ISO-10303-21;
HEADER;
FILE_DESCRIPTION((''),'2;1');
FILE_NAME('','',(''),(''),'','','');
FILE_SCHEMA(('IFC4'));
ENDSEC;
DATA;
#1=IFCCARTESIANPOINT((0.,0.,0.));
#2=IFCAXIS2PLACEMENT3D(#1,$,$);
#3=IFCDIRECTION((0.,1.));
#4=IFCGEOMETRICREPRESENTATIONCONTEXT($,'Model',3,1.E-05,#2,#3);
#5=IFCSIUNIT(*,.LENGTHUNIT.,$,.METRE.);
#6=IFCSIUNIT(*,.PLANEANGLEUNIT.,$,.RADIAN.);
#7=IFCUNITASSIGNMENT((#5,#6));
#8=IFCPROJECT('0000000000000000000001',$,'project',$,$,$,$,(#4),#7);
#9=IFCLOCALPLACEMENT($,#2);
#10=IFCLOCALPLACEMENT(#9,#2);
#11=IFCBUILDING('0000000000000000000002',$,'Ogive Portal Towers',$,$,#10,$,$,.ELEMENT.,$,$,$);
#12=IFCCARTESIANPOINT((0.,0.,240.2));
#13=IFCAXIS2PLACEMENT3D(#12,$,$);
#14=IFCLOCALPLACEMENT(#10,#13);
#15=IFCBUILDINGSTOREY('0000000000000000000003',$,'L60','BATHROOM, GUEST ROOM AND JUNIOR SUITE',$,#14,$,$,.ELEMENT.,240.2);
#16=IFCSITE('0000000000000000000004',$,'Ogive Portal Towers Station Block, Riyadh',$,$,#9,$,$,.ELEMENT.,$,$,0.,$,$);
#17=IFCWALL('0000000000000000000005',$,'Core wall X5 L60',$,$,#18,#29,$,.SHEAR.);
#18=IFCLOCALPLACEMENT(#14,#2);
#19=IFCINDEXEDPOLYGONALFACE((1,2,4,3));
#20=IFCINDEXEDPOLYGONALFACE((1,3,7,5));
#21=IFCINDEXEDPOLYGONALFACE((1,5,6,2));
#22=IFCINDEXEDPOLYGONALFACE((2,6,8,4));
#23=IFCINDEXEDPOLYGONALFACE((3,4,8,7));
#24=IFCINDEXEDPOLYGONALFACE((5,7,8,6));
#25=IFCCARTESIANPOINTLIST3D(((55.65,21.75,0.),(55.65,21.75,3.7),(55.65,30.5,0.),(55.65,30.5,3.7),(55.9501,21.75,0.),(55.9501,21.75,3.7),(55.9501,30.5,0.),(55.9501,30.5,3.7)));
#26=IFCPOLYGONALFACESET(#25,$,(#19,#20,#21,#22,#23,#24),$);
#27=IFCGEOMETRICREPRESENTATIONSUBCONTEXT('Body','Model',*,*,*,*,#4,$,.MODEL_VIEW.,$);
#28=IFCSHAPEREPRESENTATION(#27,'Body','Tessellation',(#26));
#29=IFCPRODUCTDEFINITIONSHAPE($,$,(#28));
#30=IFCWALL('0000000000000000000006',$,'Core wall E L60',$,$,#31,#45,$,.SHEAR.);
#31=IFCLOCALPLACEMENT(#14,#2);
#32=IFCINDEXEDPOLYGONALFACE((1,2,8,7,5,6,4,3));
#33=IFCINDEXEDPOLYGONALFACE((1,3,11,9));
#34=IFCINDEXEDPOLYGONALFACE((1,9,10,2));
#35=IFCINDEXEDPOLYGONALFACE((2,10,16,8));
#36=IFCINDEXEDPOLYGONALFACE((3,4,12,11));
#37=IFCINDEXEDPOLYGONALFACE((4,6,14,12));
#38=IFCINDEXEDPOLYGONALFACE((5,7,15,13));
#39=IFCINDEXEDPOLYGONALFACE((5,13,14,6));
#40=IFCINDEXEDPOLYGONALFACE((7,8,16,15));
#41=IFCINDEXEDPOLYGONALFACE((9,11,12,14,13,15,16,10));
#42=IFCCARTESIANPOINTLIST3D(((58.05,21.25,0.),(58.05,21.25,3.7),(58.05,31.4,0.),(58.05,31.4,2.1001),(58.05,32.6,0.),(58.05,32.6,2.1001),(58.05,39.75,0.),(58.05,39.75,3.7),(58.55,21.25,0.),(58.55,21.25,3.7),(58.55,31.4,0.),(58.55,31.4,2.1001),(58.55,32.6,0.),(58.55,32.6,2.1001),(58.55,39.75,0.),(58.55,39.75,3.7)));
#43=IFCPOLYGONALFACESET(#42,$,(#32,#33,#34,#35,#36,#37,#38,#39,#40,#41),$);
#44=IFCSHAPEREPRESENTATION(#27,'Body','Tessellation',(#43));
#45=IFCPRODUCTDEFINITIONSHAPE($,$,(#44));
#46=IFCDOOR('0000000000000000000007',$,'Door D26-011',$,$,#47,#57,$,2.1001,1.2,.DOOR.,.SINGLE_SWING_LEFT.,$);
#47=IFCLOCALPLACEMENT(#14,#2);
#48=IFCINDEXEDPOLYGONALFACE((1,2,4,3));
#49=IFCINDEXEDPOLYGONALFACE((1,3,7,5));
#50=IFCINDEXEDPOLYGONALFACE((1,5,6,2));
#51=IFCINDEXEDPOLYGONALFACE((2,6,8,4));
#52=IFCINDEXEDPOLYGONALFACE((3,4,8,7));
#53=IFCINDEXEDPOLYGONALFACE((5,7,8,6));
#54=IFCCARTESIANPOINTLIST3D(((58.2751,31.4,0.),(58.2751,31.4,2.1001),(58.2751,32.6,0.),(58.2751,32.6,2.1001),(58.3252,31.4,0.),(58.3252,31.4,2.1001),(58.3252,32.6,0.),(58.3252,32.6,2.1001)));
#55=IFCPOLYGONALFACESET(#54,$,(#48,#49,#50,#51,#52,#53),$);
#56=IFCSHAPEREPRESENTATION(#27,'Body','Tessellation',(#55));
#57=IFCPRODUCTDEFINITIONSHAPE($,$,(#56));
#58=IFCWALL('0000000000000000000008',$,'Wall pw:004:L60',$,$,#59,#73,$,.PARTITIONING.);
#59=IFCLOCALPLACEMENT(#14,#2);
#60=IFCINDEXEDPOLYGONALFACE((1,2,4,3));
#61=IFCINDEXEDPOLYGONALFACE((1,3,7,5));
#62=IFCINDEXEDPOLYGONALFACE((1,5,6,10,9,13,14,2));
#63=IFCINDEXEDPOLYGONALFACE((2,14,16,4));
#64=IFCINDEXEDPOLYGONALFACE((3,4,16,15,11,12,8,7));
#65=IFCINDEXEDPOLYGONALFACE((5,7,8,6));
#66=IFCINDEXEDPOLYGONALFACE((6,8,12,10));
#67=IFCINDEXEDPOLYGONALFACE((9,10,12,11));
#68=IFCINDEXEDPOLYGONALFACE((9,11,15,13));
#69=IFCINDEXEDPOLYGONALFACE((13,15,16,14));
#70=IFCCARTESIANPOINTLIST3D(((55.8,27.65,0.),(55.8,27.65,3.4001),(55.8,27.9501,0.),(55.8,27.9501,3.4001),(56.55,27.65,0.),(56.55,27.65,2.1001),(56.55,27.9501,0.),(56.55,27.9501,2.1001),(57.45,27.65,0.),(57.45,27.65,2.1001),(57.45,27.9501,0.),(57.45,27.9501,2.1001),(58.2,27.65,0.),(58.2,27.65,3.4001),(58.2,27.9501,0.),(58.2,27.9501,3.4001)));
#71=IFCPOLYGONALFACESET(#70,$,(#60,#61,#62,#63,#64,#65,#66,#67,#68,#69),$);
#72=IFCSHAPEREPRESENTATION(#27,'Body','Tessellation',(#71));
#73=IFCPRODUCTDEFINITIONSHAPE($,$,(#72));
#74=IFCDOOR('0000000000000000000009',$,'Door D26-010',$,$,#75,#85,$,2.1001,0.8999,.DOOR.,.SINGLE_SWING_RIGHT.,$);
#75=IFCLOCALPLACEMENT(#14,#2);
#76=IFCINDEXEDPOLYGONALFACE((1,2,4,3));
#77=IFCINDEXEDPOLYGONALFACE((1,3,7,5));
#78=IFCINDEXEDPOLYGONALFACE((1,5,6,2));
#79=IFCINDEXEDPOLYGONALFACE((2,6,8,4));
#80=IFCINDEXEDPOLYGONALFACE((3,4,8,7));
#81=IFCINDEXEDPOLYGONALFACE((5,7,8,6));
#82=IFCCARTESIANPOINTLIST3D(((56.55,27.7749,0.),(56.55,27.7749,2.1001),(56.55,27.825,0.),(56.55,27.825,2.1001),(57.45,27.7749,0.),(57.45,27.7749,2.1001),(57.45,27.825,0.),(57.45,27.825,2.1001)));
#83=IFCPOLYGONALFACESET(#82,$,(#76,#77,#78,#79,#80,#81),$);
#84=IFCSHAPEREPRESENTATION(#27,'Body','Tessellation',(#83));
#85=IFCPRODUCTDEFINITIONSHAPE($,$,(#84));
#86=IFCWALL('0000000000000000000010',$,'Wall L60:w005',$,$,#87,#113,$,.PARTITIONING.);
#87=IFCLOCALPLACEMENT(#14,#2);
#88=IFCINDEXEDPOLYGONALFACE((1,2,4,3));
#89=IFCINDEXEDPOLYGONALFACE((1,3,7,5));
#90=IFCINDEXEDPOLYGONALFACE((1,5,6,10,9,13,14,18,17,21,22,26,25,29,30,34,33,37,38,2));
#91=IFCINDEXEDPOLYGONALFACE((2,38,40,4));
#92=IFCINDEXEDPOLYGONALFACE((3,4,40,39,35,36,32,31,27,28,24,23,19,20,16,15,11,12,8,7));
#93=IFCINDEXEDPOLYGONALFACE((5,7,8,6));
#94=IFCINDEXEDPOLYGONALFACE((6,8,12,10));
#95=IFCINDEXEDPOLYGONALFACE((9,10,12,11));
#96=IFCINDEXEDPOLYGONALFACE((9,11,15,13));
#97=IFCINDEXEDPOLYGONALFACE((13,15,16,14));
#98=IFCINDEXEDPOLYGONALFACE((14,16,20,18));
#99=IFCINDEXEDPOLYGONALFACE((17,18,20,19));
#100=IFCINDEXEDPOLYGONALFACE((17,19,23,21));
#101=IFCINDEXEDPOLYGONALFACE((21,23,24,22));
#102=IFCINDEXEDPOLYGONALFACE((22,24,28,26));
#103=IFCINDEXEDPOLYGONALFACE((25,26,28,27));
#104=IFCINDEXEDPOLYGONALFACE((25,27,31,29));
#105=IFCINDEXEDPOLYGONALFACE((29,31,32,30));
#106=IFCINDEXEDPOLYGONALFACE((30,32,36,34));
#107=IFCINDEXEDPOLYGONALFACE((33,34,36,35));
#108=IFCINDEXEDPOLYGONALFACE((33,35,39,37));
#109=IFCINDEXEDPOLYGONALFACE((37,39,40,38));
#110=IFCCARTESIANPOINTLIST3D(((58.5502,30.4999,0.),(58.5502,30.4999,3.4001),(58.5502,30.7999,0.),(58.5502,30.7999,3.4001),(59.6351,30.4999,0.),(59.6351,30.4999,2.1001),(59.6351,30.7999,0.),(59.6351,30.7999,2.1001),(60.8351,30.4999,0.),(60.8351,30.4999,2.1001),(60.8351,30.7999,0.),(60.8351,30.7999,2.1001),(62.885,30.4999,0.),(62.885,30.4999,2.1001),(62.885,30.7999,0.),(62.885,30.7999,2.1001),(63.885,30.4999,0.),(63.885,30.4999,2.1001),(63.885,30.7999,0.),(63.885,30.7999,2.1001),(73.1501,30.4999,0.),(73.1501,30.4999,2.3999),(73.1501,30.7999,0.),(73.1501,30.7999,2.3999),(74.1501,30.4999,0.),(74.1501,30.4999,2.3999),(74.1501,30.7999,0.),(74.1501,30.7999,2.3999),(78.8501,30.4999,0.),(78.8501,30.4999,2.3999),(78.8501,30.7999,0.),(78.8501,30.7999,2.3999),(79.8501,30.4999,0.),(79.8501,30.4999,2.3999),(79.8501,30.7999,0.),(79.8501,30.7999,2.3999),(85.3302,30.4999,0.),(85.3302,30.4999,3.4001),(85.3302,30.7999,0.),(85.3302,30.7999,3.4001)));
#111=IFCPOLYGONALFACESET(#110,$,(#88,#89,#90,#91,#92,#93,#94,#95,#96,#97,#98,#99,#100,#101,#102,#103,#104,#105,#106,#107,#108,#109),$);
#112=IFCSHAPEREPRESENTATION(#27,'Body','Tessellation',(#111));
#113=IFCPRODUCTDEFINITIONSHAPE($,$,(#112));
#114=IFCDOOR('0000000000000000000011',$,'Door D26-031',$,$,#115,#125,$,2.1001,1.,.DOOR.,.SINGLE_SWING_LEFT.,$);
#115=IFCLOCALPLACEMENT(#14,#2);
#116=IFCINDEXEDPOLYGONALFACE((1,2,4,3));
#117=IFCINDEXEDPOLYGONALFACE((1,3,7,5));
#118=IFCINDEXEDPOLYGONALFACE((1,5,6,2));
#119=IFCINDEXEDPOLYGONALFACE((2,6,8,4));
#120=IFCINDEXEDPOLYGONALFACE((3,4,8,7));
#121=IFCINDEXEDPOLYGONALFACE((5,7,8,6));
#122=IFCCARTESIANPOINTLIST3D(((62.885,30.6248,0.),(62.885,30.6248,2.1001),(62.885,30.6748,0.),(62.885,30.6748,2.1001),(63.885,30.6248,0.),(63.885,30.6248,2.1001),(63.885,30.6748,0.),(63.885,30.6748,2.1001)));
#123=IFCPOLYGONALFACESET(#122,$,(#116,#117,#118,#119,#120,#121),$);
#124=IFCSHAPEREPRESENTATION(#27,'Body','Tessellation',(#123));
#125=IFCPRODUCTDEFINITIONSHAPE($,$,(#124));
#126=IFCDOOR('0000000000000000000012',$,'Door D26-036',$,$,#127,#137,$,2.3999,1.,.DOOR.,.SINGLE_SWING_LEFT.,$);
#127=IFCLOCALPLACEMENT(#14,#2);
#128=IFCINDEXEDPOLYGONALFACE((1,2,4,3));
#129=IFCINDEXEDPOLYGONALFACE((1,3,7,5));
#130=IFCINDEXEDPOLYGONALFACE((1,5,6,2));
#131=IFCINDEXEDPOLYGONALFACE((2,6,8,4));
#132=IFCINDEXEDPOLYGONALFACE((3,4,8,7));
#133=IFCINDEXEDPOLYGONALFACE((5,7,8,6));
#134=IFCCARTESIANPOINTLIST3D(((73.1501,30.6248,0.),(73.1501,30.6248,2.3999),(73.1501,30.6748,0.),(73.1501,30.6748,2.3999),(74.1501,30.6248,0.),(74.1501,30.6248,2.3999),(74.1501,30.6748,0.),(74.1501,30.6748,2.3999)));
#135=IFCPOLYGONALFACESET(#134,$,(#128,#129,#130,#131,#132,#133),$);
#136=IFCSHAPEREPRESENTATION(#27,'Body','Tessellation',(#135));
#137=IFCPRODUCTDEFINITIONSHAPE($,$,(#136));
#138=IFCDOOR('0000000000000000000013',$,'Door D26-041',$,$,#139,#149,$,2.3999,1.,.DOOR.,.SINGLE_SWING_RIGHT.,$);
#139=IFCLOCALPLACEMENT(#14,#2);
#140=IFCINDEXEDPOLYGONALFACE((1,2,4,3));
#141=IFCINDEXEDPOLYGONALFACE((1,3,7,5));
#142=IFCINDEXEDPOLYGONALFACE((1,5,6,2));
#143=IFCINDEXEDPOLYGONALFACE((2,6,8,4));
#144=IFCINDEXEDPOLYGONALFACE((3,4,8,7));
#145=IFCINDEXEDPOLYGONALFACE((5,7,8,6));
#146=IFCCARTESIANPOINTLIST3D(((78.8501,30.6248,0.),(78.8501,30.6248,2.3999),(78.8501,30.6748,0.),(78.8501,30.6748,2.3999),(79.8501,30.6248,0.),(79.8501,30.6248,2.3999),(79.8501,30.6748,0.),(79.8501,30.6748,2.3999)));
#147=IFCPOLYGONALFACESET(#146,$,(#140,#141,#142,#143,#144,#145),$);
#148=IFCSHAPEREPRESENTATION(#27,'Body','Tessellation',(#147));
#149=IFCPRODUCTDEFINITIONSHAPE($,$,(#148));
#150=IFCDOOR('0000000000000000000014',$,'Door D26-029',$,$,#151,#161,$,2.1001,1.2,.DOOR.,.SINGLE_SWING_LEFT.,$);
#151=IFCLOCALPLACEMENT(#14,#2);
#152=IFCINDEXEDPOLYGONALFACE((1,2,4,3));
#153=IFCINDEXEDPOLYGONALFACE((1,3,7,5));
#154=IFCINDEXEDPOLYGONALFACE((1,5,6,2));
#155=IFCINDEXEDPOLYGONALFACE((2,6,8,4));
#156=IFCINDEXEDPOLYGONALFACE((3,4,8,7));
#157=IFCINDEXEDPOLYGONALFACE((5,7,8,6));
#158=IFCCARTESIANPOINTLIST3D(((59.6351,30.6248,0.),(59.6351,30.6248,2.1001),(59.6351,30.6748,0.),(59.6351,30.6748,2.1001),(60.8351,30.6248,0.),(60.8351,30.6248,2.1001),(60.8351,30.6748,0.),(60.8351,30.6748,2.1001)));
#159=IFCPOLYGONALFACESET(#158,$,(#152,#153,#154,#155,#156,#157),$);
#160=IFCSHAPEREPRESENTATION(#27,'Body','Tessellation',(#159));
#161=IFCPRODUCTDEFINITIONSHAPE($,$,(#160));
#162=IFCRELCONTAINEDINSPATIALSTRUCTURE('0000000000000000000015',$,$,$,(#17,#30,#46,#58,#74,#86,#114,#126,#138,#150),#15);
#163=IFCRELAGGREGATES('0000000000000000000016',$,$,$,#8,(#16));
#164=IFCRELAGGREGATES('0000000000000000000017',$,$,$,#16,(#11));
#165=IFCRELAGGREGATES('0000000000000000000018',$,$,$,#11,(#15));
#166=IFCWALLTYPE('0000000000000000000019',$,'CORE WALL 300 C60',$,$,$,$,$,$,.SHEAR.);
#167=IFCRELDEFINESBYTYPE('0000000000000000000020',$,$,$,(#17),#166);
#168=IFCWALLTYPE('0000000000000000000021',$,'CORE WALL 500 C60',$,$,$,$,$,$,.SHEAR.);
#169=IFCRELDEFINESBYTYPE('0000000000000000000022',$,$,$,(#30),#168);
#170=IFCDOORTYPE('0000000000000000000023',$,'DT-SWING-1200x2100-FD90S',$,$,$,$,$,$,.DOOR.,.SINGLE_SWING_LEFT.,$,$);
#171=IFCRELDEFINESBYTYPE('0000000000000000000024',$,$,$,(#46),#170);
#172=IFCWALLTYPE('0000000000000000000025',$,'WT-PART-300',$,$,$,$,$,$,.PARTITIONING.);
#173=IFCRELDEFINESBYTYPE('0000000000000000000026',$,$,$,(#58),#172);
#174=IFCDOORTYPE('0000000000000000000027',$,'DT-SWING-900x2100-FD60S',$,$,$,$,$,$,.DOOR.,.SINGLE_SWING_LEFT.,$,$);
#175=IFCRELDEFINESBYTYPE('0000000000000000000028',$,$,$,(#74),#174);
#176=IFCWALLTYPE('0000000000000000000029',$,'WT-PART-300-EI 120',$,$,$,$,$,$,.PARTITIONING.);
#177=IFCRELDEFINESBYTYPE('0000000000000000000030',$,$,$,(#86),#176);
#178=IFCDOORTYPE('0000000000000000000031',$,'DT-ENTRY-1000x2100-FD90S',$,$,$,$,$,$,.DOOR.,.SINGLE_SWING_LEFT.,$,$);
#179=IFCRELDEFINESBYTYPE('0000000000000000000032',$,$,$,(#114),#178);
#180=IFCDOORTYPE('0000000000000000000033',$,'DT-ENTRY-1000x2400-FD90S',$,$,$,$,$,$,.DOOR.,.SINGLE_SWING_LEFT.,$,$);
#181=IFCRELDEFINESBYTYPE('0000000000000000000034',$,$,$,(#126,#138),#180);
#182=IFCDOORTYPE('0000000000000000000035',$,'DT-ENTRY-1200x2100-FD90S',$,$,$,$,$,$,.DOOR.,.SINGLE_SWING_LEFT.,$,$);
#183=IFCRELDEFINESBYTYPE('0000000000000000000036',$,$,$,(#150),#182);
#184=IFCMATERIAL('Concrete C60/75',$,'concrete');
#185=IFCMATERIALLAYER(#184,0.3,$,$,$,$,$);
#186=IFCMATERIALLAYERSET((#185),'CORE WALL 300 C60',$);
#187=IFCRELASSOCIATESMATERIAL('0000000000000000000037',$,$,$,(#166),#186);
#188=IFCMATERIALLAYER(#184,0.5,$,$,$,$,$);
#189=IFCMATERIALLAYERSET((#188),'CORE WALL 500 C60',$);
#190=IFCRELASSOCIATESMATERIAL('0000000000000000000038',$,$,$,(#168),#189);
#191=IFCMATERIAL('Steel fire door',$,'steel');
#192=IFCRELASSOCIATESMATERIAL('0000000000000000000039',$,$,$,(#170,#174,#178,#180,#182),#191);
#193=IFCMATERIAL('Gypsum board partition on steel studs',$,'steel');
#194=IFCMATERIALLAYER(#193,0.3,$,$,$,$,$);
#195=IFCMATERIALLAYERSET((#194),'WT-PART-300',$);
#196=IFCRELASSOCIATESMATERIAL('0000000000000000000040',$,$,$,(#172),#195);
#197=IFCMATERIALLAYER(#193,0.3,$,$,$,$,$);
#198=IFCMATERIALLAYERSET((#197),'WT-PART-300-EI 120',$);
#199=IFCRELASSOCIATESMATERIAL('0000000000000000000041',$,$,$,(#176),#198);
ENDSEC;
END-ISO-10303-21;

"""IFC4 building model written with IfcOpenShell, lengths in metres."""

from ifc_helpers import new_model, si_unit, direction, frame, frame_2d, origin, place, context, subcontext, project, spatial, rectangle, extrude, material, layer, layer_set, type_object, element, fill, save


model = new_model("IFC4")

# Units and contexts
model_context = context("Model", 3, precision=1e-05, world=origin(), true_north=direction((0.0, 1.0)))
body_context = subcontext(model_context, "Body", "Model", "MODEL_VIEW")
ifc_project = project(units=[si_unit("LENGTHUNIT", "METRE"), si_unit("PLANEANGLEUNIT", "RADIAN")], contexts=[model_context])

# Site, building, storey
site_placement = place(None, origin())
site = spatial("IfcSite", under=ifc_project, at=site_placement, Name="Ogive Portal Towers Station Block, Riyadh", CompositionType="ELEMENT", RefElevation=0.0)
building_placement = place(site_placement, origin())
building = spatial("IfcBuilding", under=site, at=building_placement, Name="Ogive Portal Towers", CompositionType="ELEMENT")
storey_placement = place(building_placement, frame((0.0, 0.0, 240.2)))
storey = spatial("IfcBuildingStorey", under=building, at=storey_placement, Name="L60", Description="BATHROOM, GUEST ROOM AND JUNIOR SUITE", CompositionType="ELEMENT", Elevation=240.2)

# Wall
ifc_material_1 = material(Name="Concrete C60/75", Category="concrete")
ifc_layer_1 = layer(ifc_material_1, 0.3)
ifc_layer_set_1 = layer_set([ifc_layer_1], Name="CORE WALL 300 C60")
wall_type_1 = type_object("IfcWallType", Name="CORE WALL 300 C60", PredefinedType="SHEAR", material=ifc_layer_set_1)
wall_1_placement = place(storey_placement, frame((55.8, 21.75, 0.0), z_axis=(0.0, 0.0, 1.0), x_axis=(0.0, 1.0, 0.0)))
element("IfcWall", 1, at=wall_1_placement, inside=storey, type_object=wall_type_1, Name="Core wall X5 L60", PredefinedType="SHEAR", context=body_context, shape_type="SweptSolid", body=[
    extrude(rectangle(XDim=8.75, YDim=0.3, at=frame_2d((4.375, 0.0))), origin(), (0.0, 0.0, 1.0), 3.7),
])

# Walls, openings, doors
ifc_layer_2 = layer(ifc_material_1, 0.5)
ifc_layer_set_2 = layer_set([ifc_layer_2], Name="CORE WALL 500 C60")
wall_type_2 = type_object("IfcWallType", Name="CORE WALL 500 C60", PredefinedType="SHEAR", material=ifc_layer_set_2)
wall_2_placement = place(storey_placement, frame((58.3, 21.25, 0.0), z_axis=(0.0, 0.0, 1.0), x_axis=(0.0, 1.0, 0.0)))
wall_2 = element("IfcWall", 2, at=wall_2_placement, inside=storey, type_object=wall_type_2, Name="Core wall E L60", PredefinedType="SHEAR", context=body_context, shape_type="SweptSolid", body=[
    extrude(rectangle(XDim=18.5, YDim=0.5, at=frame_2d((9.25, 0.0))), origin(), (0.0, 0.0, 1.0), 3.7),
])
opening_1_placement = place(wall_2_placement, frame((10.1499, 0.0, 0.0)))
opening_1 = element("IfcOpeningElement", 3, at=opening_1_placement, cuts=wall_2, PredefinedType="OPENING", context=body_context, shape_type="SweptSolid", body=[
    extrude(rectangle(XDim=1.2, YDim=2.1001, at=frame_2d((0.6001, 1.05))), frame((0.0, 0.26, 0.0), z_axis=(0.0, -1.0, 0.0), x_axis=(1.0, 0.0, 0.0)), (0.0, 0.0, 1.0), 0.52),
])
ifc_material_2 = material(Name="Steel fire door", Category="steel")
door_type_1 = type_object("IfcDoorType", Name="DT-SWING-1200x2100-FD90S", OperationType="SINGLE_SWING_LEFT", PredefinedType="DOOR", material=ifc_material_2)
door_1_placement = place(opening_1_placement, origin())
door_1 = element("IfcDoor", 4, at=door_1_placement, inside=storey, type_object=door_type_1, Name="Door D26-011", OperationType="SINGLE_SWING_LEFT", OverallHeight=2.1001, OverallWidth=1.2, PredefinedType="DOOR", context=body_context, shape_type="SweptSolid", body=[
    extrude(rectangle(XDim=1.2, YDim=2.1001, at=frame_2d((0.6001, 1.05))), frame((0.0, 0.0249, 0.0), z_axis=(0.0, -1.0, 0.0), x_axis=(1.0, 0.0, 0.0)), (0.0, 0.0, 1.0), 0.05),
])
fill(opening_1, door_1)
ifc_material_3 = material(Name="Gypsum board partition on steel studs", Category="steel")
ifc_layer_3 = layer(ifc_material_3, 0.3)
ifc_layer_set_3 = layer_set([ifc_layer_3], Name="WT-PART-300")
wall_type_3 = type_object("IfcWallType", Name="WT-PART-300", PredefinedType="PARTITIONING", material=ifc_layer_set_3)
wall_3_placement = place(storey_placement, frame((55.8, 27.8, 0.0), z_axis=(0.0, 0.0, 1.0), x_axis=(1.0, 0.0, 0.0)))
wall_3 = element("IfcWall", 5, at=wall_3_placement, inside=storey, type_object=wall_type_3, Name="Wall pw:004:L60", PredefinedType="PARTITIONING", context=body_context, shape_type="SweptSolid", body=[
    extrude(rectangle(XDim=2.3999, YDim=0.3, at=frame_2d((1.2, 0.0))), origin(), (0.0, 0.0, 1.0), 3.4001),
])
opening_2_placement = place(wall_3_placement, frame((0.75, 0.0, 0.0)))
opening_2 = element("IfcOpeningElement", 6, at=opening_2_placement, cuts=wall_3, PredefinedType="OPENING", context=body_context, shape_type="SweptSolid", body=[
    extrude(rectangle(XDim=0.8999, YDim=2.1001, at=frame_2d((0.45, 1.05))), frame((0.0, 0.1602, 0.0), z_axis=(0.0, -1.0, 0.0), x_axis=(1.0, 0.0, 0.0)), (0.0, 0.0, 1.0), 0.3201),
])
door_type_2 = type_object("IfcDoorType", Name="DT-SWING-900x2100-FD60S", OperationType="SINGLE_SWING_LEFT", PredefinedType="DOOR", material=ifc_material_2)
door_2_placement = place(opening_2_placement, origin())
door_2 = element("IfcDoor", 7, at=door_2_placement, inside=storey, type_object=door_type_2, Name="Door D26-010", OperationType="SINGLE_SWING_RIGHT", OverallHeight=2.1001, OverallWidth=0.8999, PredefinedType="DOOR", context=body_context, shape_type="SweptSolid", body=[
    extrude(rectangle(XDim=0.8999, YDim=2.1001, at=frame_2d((0.45, 1.05))), frame((0.0, 0.0249, 0.0), z_axis=(0.0, -1.0, 0.0), x_axis=(1.0, 0.0, 0.0)), (0.0, 0.0, 1.0), 0.05),
])
fill(opening_2, door_2)

# Wall, openings, doors
ifc_layer_4 = layer(ifc_material_3, 0.3)
ifc_layer_set_4 = layer_set([ifc_layer_4], Name="WT-PART-300-EI 120")
wall_type_4 = type_object("IfcWallType", Name="WT-PART-300-EI 120", PredefinedType="PARTITIONING", material=ifc_layer_set_4)
wall_4_placement = place(storey_placement, frame((58.55, 30.6499, 0.0), z_axis=(0.0, 0.0, 1.0), x_axis=(1.0, 0.0, 0.0)))
wall_4 = element("IfcWall", 8, at=wall_4_placement, inside=storey, type_object=wall_type_4, Name="Wall L60:w005", PredefinedType="PARTITIONING", context=body_context, shape_type="SweptSolid", body=[
    extrude(rectangle(XDim=26.78, YDim=0.3, at=frame_2d((13.3901, 0.0))), origin(), (0.0, 0.0, 1.0), 3.4001),
])
opening_3_placement = place(wall_4_placement, frame((1.085, 0.0, 0.0)))
opening_3 = element("IfcOpeningElement", 9, at=opening_3_placement, cuts=wall_4, PredefinedType="OPENING", context=body_context, shape_type="SweptSolid", body=[
    extrude(rectangle(XDim=1.2, YDim=2.1001, at=frame_2d((0.6001, 1.05))), frame((0.0, 0.1602, 0.0), z_axis=(0.0, -1.0, 0.0), x_axis=(1.0, 0.0, 0.0)), (0.0, 0.0, 1.0), 0.3201),
])
opening_4_placement = place(wall_4_placement, frame((4.335, 0.0, 0.0)))
opening_4 = element("IfcOpeningElement", 10, at=opening_4_placement, cuts=wall_4, PredefinedType="OPENING", context=body_context, shape_type="SweptSolid", body=[
    extrude(rectangle(XDim=1.0, YDim=2.1001, at=frame_2d((0.5, 1.05))), frame((0.0, 0.1602, 0.0), z_axis=(0.0, -1.0, 0.0), x_axis=(1.0, 0.0, 0.0)), (0.0, 0.0, 1.0), 0.3201),
])
opening_5_placement = place(wall_4_placement, frame((14.6001, 0.0, 0.0)))
opening_5 = element("IfcOpeningElement", 11, at=opening_5_placement, cuts=wall_4, PredefinedType="OPENING", context=body_context, shape_type="SweptSolid", body=[
    extrude(rectangle(XDim=1.0, YDim=2.3999, at=frame_2d((0.5, 1.2))), frame((0.0, 0.1602, 0.0), z_axis=(0.0, -1.0, 0.0), x_axis=(1.0, 0.0, 0.0)), (0.0, 0.0, 1.0), 0.3201),
])
opening_6_placement = place(wall_4_placement, frame((20.3, 0.0, 0.0)))
opening_6 = element("IfcOpeningElement", 12, at=opening_6_placement, cuts=wall_4, PredefinedType="OPENING", context=body_context, shape_type="SweptSolid", body=[
    extrude(rectangle(XDim=1.0, YDim=2.3999, at=frame_2d((0.5, 1.2))), frame((0.0, 0.1602, 0.0), z_axis=(0.0, -1.0, 0.0), x_axis=(1.0, 0.0, 0.0)), (0.0, 0.0, 1.0), 0.3201),
])
door_type_3 = type_object("IfcDoorType", Name="DT-ENTRY-1000x2100-FD90S", OperationType="SINGLE_SWING_LEFT", PredefinedType="DOOR", material=ifc_material_2)
door_3_placement = place(opening_4_placement, origin())
door_3 = element("IfcDoor", 13, at=door_3_placement, inside=storey, type_object=door_type_3, Name="Door D26-031", OperationType="SINGLE_SWING_LEFT", OverallHeight=2.1001, OverallWidth=1.0, PredefinedType="DOOR", context=body_context, shape_type="SweptSolid", body=[
    extrude(rectangle(XDim=1.0, YDim=2.1001, at=frame_2d((0.5, 1.05))), frame((0.0, 0.0249, 0.0), z_axis=(0.0, -1.0, 0.0), x_axis=(1.0, 0.0, 0.0)), (0.0, 0.0, 1.0), 0.05),
])
fill(opening_4, door_3)
door_type_4 = type_object("IfcDoorType", Name="DT-ENTRY-1000x2400-FD90S", OperationType="SINGLE_SWING_LEFT", PredefinedType="DOOR", material=ifc_material_2)
door_4_placement = place(opening_5_placement, origin())
door_4 = element("IfcDoor", 14, at=door_4_placement, inside=storey, type_object=door_type_4, Name="Door D26-036", OperationType="SINGLE_SWING_LEFT", OverallHeight=2.3999, OverallWidth=1.0, PredefinedType="DOOR", context=body_context, shape_type="SweptSolid", body=[
    extrude(rectangle(XDim=1.0, YDim=2.3999, at=frame_2d((0.5, 1.2))), frame((0.0, 0.0249, 0.0), z_axis=(0.0, -1.0, 0.0), x_axis=(1.0, 0.0, 0.0)), (0.0, 0.0, 1.0), 0.05),
])
fill(opening_5, door_4)
door_5_placement = place(opening_6_placement, origin())
door_5 = element("IfcDoor", 15, at=door_5_placement, inside=storey, type_object=door_type_4, Name="Door D26-041", OperationType="SINGLE_SWING_RIGHT", OverallHeight=2.3999, OverallWidth=1.0, PredefinedType="DOOR", context=body_context, shape_type="SweptSolid", body=[
    extrude(rectangle(XDim=1.0, YDim=2.3999, at=frame_2d((0.5, 1.2))), frame((0.0, 0.0249, 0.0), z_axis=(0.0, -1.0, 0.0), x_axis=(1.0, 0.0, 0.0)), (0.0, 0.0, 1.0), 0.05),
])
fill(opening_6, door_5)
door_type_5 = type_object("IfcDoorType", Name="DT-ENTRY-1200x2100-FD90S", OperationType="SINGLE_SWING_LEFT", PredefinedType="DOOR", material=ifc_material_2)
door_6_placement = place(opening_3_placement, origin())
door_6 = element("IfcDoor", 16, at=door_6_placement, inside=storey, type_object=door_type_5, Name="Door D26-029", OperationType="SINGLE_SWING_LEFT", OverallHeight=2.1001, OverallWidth=1.2, PredefinedType="DOOR", context=body_context, shape_type="SweptSolid", body=[
    extrude(rectangle(XDim=1.2, YDim=2.1001, at=frame_2d((0.6001, 1.05))), frame((0.0, 0.0249, 0.0), z_axis=(0.0, -1.0, 0.0), x_axis=(1.0, 0.0, 0.0)), (0.0, 0.0, 1.0), 0.05),
])
fill(opening_3, door_6)

save(model, "model.ifc")
